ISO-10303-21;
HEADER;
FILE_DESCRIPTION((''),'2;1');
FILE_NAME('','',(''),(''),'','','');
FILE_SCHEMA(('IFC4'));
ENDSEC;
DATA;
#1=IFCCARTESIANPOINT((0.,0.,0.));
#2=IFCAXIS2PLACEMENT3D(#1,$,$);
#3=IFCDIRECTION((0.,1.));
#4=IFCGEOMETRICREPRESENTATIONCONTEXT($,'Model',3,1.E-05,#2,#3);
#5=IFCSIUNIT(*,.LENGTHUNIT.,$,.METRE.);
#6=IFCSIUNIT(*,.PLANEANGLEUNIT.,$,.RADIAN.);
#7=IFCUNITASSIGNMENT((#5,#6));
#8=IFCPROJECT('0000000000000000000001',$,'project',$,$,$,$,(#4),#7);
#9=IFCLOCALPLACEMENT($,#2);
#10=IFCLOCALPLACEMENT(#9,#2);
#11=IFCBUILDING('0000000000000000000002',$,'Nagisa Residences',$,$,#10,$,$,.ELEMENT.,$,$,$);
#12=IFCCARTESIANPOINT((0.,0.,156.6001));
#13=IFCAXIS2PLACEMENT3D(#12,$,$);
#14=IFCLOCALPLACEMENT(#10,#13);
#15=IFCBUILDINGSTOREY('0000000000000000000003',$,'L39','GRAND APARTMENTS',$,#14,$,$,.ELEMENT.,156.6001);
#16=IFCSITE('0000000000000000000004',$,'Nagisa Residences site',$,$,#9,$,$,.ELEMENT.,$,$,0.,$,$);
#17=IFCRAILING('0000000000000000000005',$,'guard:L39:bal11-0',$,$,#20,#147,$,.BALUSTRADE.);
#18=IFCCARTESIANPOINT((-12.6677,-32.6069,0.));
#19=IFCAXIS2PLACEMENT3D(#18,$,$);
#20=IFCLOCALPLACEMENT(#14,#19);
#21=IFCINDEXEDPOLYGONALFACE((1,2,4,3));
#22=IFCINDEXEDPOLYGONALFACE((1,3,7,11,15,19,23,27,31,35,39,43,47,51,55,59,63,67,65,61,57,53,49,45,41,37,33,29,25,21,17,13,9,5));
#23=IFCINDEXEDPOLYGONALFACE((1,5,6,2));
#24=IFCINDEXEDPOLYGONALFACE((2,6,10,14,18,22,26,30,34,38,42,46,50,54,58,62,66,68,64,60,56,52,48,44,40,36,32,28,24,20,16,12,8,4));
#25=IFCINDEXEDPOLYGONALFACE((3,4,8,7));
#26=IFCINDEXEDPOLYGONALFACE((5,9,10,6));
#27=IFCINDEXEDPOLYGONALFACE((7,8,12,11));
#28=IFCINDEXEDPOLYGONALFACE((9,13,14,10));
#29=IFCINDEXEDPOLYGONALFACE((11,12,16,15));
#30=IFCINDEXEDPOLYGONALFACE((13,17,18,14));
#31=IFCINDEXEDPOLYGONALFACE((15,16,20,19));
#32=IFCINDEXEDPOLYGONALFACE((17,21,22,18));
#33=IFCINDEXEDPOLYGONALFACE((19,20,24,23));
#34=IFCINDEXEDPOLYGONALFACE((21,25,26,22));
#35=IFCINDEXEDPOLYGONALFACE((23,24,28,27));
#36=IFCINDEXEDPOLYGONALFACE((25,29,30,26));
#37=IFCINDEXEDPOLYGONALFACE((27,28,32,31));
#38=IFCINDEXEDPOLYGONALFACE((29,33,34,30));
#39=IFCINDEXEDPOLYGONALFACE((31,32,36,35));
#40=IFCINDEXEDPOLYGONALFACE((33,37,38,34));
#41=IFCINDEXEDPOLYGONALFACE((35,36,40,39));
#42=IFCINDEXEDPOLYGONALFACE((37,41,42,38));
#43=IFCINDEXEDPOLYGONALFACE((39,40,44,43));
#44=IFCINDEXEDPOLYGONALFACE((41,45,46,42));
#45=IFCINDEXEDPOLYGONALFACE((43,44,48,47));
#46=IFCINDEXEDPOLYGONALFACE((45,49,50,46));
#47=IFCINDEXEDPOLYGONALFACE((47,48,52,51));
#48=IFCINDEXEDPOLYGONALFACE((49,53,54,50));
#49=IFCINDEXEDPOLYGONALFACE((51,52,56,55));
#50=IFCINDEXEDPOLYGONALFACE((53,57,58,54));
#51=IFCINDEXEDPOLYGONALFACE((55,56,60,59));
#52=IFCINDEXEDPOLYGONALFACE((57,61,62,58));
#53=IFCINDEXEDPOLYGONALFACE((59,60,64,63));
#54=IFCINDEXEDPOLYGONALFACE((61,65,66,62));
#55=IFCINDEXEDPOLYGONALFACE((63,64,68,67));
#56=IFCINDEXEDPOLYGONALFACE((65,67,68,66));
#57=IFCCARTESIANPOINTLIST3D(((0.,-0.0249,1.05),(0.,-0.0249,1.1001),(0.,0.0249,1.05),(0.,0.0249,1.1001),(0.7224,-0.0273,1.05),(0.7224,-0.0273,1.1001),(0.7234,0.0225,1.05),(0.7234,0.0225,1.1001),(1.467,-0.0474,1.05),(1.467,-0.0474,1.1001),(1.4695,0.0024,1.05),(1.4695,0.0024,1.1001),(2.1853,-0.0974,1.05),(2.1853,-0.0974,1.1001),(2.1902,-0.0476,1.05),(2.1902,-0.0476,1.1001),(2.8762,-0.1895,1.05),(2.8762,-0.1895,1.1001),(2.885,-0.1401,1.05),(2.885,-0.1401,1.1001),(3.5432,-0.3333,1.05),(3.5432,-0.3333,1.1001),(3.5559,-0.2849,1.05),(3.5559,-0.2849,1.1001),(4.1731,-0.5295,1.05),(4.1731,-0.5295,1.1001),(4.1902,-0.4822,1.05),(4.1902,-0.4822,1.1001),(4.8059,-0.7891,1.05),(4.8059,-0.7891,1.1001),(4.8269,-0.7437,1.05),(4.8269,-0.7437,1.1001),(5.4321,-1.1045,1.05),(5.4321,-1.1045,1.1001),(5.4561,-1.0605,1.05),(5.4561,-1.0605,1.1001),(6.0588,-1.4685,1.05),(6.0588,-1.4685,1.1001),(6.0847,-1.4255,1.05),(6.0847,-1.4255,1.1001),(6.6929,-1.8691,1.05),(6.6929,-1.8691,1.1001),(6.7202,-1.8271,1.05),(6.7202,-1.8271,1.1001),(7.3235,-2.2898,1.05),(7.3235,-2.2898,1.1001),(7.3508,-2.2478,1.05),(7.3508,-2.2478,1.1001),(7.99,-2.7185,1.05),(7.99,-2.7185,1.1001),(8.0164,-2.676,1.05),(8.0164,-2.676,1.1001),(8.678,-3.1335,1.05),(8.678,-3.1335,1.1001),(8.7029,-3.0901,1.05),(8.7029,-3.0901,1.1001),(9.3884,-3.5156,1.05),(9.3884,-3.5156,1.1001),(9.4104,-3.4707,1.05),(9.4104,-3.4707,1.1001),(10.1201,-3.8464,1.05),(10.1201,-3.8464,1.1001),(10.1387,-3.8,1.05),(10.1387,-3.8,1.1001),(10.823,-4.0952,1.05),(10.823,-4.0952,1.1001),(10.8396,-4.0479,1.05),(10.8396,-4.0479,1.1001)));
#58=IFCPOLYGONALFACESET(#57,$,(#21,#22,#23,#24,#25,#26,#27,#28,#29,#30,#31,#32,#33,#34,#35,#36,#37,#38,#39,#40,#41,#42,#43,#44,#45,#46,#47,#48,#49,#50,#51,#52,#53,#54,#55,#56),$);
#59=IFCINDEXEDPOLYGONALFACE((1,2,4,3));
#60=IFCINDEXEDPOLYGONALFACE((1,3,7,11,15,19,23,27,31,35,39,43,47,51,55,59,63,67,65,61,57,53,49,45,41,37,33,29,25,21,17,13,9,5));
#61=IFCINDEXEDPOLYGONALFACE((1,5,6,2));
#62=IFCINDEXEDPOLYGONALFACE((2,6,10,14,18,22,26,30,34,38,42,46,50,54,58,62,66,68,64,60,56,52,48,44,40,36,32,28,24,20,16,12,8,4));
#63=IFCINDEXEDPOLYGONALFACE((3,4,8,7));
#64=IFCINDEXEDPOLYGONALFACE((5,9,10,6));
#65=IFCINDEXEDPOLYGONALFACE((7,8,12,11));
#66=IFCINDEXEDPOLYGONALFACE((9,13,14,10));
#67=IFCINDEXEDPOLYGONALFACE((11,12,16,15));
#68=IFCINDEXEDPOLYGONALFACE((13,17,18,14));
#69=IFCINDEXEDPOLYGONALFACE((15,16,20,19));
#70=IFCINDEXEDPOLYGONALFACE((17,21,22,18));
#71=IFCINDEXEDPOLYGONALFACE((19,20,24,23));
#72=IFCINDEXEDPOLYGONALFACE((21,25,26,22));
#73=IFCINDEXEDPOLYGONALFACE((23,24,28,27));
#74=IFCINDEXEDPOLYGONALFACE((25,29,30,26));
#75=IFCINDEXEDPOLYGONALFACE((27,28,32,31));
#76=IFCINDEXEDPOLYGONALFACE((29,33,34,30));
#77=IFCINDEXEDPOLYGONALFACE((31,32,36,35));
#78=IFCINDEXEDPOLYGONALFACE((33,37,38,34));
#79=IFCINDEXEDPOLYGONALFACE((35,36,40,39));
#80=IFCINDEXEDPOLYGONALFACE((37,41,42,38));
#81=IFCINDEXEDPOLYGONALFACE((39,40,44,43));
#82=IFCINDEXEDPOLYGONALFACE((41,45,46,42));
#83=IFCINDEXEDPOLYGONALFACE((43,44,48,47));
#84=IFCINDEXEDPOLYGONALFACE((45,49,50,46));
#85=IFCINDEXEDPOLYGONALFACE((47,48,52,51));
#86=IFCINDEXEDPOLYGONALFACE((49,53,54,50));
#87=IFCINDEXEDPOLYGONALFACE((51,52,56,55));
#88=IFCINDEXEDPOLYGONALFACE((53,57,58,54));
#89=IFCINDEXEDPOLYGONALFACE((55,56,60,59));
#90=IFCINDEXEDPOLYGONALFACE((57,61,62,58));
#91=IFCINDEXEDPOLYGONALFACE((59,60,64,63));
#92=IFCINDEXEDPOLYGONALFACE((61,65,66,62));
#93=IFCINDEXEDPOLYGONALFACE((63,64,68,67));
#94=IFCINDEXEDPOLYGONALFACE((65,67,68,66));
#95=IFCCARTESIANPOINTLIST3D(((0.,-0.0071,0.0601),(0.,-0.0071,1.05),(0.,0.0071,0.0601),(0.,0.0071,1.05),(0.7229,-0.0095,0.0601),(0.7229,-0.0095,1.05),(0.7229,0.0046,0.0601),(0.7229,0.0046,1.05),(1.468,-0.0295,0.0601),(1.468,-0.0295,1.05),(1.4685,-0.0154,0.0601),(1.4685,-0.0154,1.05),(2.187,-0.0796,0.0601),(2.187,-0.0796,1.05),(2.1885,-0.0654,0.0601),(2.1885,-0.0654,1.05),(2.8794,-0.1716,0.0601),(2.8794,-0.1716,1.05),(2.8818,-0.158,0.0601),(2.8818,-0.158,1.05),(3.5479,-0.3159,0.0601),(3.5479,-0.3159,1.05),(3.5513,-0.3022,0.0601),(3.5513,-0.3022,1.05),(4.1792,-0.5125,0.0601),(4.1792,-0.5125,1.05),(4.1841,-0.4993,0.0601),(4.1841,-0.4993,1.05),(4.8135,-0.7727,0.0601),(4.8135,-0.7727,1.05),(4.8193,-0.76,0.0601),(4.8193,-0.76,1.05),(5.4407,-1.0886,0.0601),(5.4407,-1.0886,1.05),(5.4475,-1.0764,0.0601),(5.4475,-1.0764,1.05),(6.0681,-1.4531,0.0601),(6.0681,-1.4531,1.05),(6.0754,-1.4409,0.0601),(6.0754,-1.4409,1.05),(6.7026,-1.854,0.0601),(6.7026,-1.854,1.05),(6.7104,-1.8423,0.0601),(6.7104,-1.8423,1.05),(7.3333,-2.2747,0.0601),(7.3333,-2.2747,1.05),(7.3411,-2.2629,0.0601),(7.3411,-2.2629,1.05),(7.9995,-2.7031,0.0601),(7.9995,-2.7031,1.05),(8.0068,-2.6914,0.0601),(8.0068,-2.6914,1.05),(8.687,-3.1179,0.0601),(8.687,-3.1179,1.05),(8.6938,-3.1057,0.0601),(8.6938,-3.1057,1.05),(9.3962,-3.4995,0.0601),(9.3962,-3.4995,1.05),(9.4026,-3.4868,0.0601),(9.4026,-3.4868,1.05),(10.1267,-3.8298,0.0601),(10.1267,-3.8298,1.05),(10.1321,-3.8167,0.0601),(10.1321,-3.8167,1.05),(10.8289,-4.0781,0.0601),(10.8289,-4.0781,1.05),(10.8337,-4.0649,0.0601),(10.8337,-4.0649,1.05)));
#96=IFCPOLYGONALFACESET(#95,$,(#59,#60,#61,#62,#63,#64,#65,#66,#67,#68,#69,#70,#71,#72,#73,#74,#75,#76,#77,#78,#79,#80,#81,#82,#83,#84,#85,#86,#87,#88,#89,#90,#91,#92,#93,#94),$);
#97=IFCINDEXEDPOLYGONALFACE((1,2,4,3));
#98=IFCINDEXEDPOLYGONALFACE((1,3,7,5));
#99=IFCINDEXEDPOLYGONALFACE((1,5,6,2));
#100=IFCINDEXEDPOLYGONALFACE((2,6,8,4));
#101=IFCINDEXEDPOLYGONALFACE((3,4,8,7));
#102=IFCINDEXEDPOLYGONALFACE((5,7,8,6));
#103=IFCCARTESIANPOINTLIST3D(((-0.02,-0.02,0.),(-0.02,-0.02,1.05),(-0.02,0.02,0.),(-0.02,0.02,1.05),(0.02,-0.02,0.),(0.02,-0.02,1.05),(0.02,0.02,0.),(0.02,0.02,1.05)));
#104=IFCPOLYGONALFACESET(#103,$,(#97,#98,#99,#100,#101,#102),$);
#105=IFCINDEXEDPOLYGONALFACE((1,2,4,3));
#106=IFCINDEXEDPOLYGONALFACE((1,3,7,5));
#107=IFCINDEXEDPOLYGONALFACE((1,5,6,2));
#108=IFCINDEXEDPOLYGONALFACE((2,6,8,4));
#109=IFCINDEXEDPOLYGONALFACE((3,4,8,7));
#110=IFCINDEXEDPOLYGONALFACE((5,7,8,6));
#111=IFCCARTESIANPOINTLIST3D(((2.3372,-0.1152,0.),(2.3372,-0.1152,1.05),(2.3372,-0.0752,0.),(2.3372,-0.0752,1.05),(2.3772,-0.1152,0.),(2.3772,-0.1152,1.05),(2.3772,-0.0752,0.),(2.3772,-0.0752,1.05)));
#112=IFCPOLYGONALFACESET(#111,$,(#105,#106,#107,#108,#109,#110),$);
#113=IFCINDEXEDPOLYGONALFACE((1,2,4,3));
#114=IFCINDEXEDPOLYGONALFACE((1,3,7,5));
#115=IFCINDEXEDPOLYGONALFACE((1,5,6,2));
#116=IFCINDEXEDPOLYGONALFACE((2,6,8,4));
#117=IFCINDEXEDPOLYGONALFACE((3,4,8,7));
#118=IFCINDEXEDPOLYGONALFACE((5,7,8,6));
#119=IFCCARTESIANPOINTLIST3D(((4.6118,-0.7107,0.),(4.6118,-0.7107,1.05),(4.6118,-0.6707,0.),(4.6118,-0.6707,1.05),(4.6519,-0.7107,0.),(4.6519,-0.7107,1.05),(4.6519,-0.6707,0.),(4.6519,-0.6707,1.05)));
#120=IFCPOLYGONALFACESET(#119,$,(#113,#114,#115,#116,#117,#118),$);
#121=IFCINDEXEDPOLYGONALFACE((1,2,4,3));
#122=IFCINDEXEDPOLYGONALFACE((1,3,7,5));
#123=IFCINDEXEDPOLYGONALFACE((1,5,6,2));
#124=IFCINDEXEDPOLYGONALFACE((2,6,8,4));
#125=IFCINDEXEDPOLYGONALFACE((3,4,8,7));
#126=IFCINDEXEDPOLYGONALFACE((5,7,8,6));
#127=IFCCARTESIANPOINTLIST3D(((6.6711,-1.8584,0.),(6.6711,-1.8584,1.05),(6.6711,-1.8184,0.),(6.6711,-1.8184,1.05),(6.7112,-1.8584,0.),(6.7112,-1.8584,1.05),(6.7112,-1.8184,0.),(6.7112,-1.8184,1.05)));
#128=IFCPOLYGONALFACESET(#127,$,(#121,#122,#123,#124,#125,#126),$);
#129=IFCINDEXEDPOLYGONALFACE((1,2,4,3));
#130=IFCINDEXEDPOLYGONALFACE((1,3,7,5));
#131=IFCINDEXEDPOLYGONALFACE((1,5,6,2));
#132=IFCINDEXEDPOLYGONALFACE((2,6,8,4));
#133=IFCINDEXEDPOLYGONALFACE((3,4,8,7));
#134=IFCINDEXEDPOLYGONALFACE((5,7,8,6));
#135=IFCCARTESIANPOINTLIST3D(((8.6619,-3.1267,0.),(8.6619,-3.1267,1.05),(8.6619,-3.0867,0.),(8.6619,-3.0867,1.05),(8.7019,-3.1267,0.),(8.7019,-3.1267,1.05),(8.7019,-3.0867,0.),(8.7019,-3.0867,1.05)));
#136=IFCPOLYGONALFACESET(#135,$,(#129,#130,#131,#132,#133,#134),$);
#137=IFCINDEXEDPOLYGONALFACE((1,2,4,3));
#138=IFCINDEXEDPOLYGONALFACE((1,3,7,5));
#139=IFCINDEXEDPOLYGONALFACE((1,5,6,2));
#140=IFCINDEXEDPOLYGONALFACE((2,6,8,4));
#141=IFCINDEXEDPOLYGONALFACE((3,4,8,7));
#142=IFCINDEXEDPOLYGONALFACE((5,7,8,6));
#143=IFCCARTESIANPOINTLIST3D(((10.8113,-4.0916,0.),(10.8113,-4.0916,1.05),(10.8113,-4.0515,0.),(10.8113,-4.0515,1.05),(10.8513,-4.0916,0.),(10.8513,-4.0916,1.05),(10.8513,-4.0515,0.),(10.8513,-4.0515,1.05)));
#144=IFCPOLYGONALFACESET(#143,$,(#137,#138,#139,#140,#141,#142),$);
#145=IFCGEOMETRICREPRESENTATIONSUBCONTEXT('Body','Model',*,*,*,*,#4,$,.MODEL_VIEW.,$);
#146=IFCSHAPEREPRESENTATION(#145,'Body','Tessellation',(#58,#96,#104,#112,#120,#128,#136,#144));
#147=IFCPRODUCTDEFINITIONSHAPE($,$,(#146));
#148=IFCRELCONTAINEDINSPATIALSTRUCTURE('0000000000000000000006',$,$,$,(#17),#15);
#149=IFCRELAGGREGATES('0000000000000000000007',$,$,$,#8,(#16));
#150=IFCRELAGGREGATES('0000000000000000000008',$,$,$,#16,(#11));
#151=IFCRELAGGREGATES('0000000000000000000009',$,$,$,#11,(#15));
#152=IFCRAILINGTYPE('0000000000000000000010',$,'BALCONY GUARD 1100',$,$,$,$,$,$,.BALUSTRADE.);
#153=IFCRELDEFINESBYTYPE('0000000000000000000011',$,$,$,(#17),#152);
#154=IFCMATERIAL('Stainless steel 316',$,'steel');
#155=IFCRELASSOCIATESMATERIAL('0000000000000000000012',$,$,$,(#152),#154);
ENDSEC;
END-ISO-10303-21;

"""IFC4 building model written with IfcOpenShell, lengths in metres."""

from ifc_helpers import new_model, si_unit, direction, frame, origin, origin_2d, place, context, subcontext, project, spatial, polyline, rectangle, outline, extrude, material, type_object, element, save


model = new_model("IFC4")

# Units and contexts
model_context = context("Model", 3, precision=1e-05, world=origin(), true_north=direction((0.0, 1.0)))
body_context = subcontext(model_context, "Body", "Model", "MODEL_VIEW")
ifc_project = project(units=[si_unit("LENGTHUNIT", "METRE"), si_unit("PLANEANGLEUNIT", "RADIAN")], contexts=[model_context])

# Site, building, storey
site_placement = place(None, origin())
site = spatial("IfcSite", under=ifc_project, at=site_placement, Name="Nagisa Residences site", CompositionType="ELEMENT", RefElevation=0.0)
building_placement = place(site_placement, origin())
building = spatial("IfcBuilding", under=site, at=building_placement, Name="Nagisa Residences", CompositionType="ELEMENT")
storey_placement = place(building_placement, frame((0.0, 0.0, 156.6001)))
storey = spatial("IfcBuildingStorey", under=building, at=storey_placement, Name="L39", Description="GRAND APARTMENTS", CompositionType="ELEMENT", Elevation=156.6001)

# Railing
ifc_material_1 = material(Name="Stainless steel 316", Category="steel")
railing_type = type_object("IfcRailingType", Name="BALCONY GUARD 1100", PredefinedType="BALUSTRADE", material=ifc_material_1)
railing_1_placement = place(storey_placement, frame((-12.6677, -32.6069, 0.0)))
element("IfcRailing", 1, at=railing_1_placement, inside=storey, type_object=railing_type, Name="guard:L39:bal11-0", PredefinedType="BALUSTRADE", context=body_context, shape_type="SweptSolid", body=[
    extrude(outline(polyline([(0.7234, 0.0225), (0.0, 0.0249), (0.0, -0.0249), (0.7224, -0.0273), (1.467, -0.0474), (2.1853, -0.0974), (2.8762, -0.1895), (3.5432, -0.3333), (4.1731, -0.5295), (4.8059, -0.7891), (5.4321, -1.1045), (6.0588, -1.4685), (6.6929, -1.8691), (7.3235, -2.2898), (7.99, -2.7185), (8.678, -3.1335), (9.3884, -3.5156), (10.1201, -3.8464), (10.823, -4.0952), (10.8396, -4.0479), (10.1387, -3.8), (9.4104, -3.4707), (8.7029, -3.0901), (8.0164, -2.676), (7.3508, -2.2478), (6.7202, -1.8271), (6.0847, -1.4255), (5.4561, -1.0605), (4.8269, -0.7437), (4.1902, -0.4822), (3.5559, -0.2849), (2.885, -0.1401), (2.1902, -0.0476), (1.4695, 0.0024), (0.7234, 0.0225)])), frame((0.0, 0.0, 1.05)), (0.0, 0.0, 1.0), 0.05),
    extrude(outline(polyline([(0.7229, 0.0046), (0.0, 0.0071), (0.0, -0.0071), (0.7229, -0.0095), (1.468, -0.0295), (2.187, -0.0796), (2.8794, -0.1716), (3.5479, -0.3159), (4.1792, -0.5125), (4.8135, -0.7727), (5.4407, -1.0886), (6.0681, -1.4531), (6.7026, -1.854), (7.3333, -2.2747), (7.9995, -2.7031), (8.687, -3.1179), (9.3962, -3.4995), (10.1267, -3.8298), (10.8289, -4.0781), (10.8337, -4.0649), (10.1321, -3.8167), (9.4026, -3.4868), (8.6938, -3.1057), (8.0068, -2.6914), (7.3411, -2.2629), (6.7104, -1.8423), (6.0754, -1.4409), (5.4475, -1.0764), (4.8193, -0.76), (4.1841, -0.4993), (3.5513, -0.3022), (2.8818, -0.158), (2.1885, -0.0654), (1.4685, -0.0154), (0.7229, 0.0046)])), frame((0.0, 0.0, 0.0601)), (0.0, 0.0, 1.0), 0.99),
    extrude(rectangle(XDim=0.04, YDim=0.04, at=origin_2d()), origin(), (0.0, 0.0, 1.0), 1.05),
    extrude(rectangle(XDim=0.04, YDim=0.04, at=origin_2d()), frame((2.3572, -0.0952, 0.0)), (0.0, 0.0, 1.0), 1.05),
    extrude(rectangle(XDim=0.04, YDim=0.04, at=origin_2d()), frame((4.6318, -0.6907, 0.0)), (0.0, 0.0, 1.0), 1.05),
    extrude(rectangle(XDim=0.04, YDim=0.04, at=origin_2d()), frame((6.6912, -1.8384, 0.0)), (0.0, 0.0, 1.0), 1.05),
    extrude(rectangle(XDim=0.04, YDim=0.04, at=origin_2d()), frame((8.6819, -3.1067, 0.0)), (0.0, 0.0, 1.0), 1.05),
    extrude(rectangle(XDim=0.04, YDim=0.04, at=origin_2d()), frame((10.8313, -4.0715, 0.0)), (0.0, 0.0, 1.0), 1.05),
])

save(model, "model.ifc")
